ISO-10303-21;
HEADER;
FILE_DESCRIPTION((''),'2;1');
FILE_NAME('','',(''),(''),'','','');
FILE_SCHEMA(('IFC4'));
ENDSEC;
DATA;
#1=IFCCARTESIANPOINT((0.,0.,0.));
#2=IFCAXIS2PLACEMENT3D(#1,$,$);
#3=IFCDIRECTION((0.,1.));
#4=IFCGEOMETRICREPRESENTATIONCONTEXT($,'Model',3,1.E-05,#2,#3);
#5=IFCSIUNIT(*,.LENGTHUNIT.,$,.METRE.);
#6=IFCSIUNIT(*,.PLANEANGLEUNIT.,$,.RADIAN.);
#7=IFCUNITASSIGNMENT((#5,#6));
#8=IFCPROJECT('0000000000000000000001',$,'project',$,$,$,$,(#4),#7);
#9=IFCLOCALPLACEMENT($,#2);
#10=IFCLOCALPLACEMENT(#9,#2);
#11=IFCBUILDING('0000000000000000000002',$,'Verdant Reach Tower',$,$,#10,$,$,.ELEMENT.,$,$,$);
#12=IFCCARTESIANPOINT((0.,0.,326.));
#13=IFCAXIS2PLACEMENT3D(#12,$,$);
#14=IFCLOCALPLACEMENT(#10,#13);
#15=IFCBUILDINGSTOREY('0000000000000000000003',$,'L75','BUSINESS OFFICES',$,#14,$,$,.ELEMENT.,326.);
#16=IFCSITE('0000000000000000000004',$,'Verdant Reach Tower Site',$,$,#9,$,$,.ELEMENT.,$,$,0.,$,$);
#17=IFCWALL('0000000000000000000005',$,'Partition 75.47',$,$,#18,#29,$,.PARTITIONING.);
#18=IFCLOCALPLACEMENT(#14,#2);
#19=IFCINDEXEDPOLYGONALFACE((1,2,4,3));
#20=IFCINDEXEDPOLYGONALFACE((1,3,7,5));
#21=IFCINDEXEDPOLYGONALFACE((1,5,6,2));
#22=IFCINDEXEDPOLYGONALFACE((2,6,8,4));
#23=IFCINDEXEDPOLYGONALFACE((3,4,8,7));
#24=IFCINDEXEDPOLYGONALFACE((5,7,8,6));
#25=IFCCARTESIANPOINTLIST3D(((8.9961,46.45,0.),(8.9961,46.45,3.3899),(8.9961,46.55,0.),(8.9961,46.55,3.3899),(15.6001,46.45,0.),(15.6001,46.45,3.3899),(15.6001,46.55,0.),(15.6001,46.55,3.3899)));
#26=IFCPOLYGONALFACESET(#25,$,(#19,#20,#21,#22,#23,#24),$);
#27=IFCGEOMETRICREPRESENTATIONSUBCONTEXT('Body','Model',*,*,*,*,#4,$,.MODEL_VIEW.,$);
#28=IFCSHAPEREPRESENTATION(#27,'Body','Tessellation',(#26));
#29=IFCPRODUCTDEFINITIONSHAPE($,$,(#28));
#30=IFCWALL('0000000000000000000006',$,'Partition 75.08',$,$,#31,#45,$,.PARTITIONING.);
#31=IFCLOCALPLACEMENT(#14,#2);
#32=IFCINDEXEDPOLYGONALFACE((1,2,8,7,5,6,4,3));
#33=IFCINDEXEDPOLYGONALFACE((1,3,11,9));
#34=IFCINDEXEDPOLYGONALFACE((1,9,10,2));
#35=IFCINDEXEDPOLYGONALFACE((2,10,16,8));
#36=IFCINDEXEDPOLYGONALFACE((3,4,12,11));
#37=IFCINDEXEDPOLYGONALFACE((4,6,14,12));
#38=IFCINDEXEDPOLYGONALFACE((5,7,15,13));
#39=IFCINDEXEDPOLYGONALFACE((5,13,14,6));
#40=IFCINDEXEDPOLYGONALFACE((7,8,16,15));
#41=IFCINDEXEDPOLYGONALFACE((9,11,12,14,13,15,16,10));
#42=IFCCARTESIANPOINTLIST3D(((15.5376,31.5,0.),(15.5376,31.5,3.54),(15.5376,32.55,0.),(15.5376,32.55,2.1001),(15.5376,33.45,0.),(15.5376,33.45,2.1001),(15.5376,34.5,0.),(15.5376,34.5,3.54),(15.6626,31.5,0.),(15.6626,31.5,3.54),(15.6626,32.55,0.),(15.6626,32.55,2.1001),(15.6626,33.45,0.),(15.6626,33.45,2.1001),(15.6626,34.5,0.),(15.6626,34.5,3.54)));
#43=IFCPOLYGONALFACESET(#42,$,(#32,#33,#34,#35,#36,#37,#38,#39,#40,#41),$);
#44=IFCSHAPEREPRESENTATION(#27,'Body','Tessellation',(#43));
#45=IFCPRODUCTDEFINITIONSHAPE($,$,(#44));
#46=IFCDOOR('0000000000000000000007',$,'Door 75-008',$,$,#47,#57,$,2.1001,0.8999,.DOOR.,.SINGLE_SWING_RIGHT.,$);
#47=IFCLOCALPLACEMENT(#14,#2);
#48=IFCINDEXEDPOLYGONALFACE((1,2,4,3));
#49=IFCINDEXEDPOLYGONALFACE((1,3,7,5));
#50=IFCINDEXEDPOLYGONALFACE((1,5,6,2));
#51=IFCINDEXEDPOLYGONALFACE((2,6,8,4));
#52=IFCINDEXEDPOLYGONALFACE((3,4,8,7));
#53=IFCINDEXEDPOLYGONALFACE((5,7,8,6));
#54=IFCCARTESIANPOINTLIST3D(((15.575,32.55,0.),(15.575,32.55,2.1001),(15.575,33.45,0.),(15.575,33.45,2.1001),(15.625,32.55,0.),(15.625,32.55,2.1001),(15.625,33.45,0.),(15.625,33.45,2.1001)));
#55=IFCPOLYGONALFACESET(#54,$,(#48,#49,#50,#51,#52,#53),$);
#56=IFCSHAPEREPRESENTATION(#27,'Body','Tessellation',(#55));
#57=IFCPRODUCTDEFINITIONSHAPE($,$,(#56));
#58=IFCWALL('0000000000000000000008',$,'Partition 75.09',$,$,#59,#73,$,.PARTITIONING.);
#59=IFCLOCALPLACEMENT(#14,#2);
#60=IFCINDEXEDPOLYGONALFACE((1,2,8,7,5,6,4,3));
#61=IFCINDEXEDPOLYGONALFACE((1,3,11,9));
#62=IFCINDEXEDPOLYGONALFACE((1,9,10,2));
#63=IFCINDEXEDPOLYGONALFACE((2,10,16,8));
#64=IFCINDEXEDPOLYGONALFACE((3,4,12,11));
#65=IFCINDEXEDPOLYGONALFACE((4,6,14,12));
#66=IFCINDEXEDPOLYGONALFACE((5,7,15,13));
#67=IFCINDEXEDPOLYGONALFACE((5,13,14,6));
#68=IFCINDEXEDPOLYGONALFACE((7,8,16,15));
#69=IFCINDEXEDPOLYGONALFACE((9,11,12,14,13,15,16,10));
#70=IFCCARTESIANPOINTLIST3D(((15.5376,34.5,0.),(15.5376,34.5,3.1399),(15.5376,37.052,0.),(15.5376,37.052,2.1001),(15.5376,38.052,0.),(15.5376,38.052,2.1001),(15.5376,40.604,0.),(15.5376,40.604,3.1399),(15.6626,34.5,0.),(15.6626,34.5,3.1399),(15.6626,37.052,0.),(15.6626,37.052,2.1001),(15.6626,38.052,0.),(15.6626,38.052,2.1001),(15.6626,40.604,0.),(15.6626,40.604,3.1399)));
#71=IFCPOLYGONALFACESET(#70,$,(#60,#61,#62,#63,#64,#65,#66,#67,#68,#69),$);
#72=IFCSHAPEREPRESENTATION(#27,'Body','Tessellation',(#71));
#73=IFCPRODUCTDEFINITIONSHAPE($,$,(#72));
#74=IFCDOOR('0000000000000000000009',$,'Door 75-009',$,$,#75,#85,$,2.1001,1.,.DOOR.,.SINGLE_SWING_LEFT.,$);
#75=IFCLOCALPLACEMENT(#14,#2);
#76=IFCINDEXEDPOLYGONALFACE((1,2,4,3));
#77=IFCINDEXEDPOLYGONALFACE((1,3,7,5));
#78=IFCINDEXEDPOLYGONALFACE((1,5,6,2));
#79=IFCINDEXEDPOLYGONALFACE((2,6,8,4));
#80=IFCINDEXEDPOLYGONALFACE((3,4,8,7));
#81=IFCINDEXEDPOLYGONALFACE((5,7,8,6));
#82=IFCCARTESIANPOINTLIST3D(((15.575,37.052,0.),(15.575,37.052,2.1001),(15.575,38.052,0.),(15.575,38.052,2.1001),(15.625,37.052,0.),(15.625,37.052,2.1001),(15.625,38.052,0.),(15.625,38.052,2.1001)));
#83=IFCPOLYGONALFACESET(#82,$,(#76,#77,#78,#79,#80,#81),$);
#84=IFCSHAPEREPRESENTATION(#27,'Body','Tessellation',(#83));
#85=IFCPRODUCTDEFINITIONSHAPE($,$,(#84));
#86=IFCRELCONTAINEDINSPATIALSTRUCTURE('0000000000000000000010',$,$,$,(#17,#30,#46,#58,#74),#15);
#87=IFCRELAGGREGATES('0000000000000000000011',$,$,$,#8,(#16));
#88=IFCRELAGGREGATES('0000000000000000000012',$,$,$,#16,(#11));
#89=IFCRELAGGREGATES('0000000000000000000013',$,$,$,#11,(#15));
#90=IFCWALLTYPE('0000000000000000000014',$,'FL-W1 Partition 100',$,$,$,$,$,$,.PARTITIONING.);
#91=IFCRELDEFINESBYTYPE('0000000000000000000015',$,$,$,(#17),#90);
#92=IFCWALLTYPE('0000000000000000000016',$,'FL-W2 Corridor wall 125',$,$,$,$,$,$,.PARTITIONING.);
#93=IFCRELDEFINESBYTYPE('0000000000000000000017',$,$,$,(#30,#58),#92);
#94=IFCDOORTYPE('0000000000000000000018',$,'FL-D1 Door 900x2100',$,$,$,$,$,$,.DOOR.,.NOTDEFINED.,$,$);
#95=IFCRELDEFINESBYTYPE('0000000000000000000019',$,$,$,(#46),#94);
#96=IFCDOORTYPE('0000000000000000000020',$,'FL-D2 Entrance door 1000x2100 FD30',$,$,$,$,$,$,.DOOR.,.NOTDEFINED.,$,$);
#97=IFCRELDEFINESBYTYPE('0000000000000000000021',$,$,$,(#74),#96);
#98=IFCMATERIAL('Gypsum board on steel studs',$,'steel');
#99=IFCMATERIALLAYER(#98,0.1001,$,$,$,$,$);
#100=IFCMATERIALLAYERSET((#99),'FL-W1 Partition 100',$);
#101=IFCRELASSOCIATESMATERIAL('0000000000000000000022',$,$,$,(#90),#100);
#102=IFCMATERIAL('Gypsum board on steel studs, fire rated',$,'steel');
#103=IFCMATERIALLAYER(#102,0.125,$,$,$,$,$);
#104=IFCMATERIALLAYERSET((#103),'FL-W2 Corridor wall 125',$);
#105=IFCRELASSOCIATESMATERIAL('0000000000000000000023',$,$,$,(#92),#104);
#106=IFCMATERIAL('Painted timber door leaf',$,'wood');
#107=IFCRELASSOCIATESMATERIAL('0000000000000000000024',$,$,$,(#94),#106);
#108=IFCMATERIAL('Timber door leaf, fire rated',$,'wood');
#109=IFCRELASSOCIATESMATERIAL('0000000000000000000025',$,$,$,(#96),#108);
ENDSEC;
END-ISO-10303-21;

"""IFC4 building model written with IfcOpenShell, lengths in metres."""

from ifc_helpers import new_model, si_unit, direction, frame, frame_2d, origin, place, context, subcontext, project, spatial, rectangle, extrude, material, layer, layer_set, type_object, element, fill, save


model = new_model("IFC4")

# Units and contexts
model_context = context("Model", 3, precision=1e-05, world=origin(), true_north=direction((0.0, 1.0)))
body_context = subcontext(model_context, "Body", "Model", "MODEL_VIEW")
ifc_project = project(units=[si_unit("LENGTHUNIT", "METRE"), si_unit("PLANEANGLEUNIT", "RADIAN")], contexts=[model_context])

# Site, building, storey
site_placement = place(None, origin())
site = spatial("IfcSite", under=ifc_project, at=site_placement, Name="Verdant Reach Tower Site", CompositionType="ELEMENT", RefElevation=0.0)
building_placement = place(site_placement, origin())
building = spatial("IfcBuilding", under=site, at=building_placement, Name="Verdant Reach Tower", CompositionType="ELEMENT")
storey_placement = place(building_placement, frame((0.0, 0.0, 326.0)))
storey = spatial("IfcBuildingStorey", under=building, at=storey_placement, Name="L75", Description="BUSINESS OFFICES", CompositionType="ELEMENT", Elevation=326.0)

# Wall
ifc_material_1 = material(Name="Gypsum board on steel studs", Category="steel")
ifc_layer_1 = layer(ifc_material_1, 0.1001)
ifc_layer_set_1 = layer_set([ifc_layer_1], Name="FL-W1 Partition 100")
wall_type_1 = type_object("IfcWallType", Name="FL-W1 Partition 100", PredefinedType="PARTITIONING", material=ifc_layer_set_1)
wall_1_placement = place(storey_placement, frame((15.6001, 46.5, 0.0), z_axis=(0.0, 0.0, 1.0), x_axis=(-1.0, 0.0, 0.0)))
element("IfcWall", 1, at=wall_1_placement, inside=storey, type_object=wall_type_1, Name="Partition 75.47", PredefinedType="PARTITIONING", context=body_context, shape_type="SweptSolid", body=[
    extrude(rectangle(XDim=6.604, YDim=0.1001, at=frame_2d((3.302, 0.0))), origin(), (0.0, 0.0, 1.0), 3.3899),
])

# Walls, openings, doors
ifc_material_2 = material(Name="Gypsum board on steel studs, fire rated", Category="steel")
ifc_layer_2 = layer(ifc_material_2, 0.125)
ifc_layer_set_2 = layer_set([ifc_layer_2], Name="FL-W2 Corridor wall 125")
wall_type_2 = type_object("IfcWallType", Name="FL-W2 Corridor wall 125", PredefinedType="PARTITIONING", material=ifc_layer_set_2)
wall_2_placement = place(storey_placement, frame((15.6001, 34.5, 0.0), z_axis=(0.0, 0.0, 1.0), x_axis=(0.0, -1.0, 0.0)))
wall_2 = element("IfcWall", 2, at=wall_2_placement, inside=storey, type_object=wall_type_2, Name="Partition 75.08", PredefinedType="PARTITIONING", context=body_context, shape_type="SweptSolid", body=[
    extrude(rectangle(XDim=3.0, YDim=0.125, at=frame_2d((1.5, 0.0))), origin(), (0.0, 0.0, 1.0), 3.54),
])
opening_1_placement = place(wall_2_placement, frame((1.05, 0.0, 0.0)))
opening_1 = element("IfcOpeningElement", 3, at=opening_1_placement, cuts=wall_2, PredefinedType="OPENING", context=body_context, shape_type="SweptSolid", body=[
    extrude(rectangle(XDim=0.8999, YDim=2.1001, at=frame_2d((0.45, 1.05))), frame((0.0, 0.0725, 0.0), z_axis=(0.0, -1.0, 0.0), x_axis=(1.0, 0.0, 0.0)), (0.0, 0.0, 1.0), 0.145),
])
ifc_material_3 = material(Name="Painted timber door leaf", Category="wood")
door_type_1 = type_object("IfcDoorType", Name="FL-D1 Door 900x2100", OperationType="NOTDEFINED", PredefinedType="DOOR", material=ifc_material_3)
door_1_placement = place(opening_1_placement, origin())
door_1 = element("IfcDoor", 4, at=door_1_placement, inside=storey, type_object=door_type_1, Name="Door 75-008", OperationType="SINGLE_SWING_RIGHT", OverallHeight=2.1001, OverallWidth=0.8999, PredefinedType="DOOR", context=body_context, shape_type="SweptSolid", body=[
    extrude(rectangle(XDim=0.8999, YDim=2.1001, at=frame_2d((0.45, 1.05))), frame((0.0, 0.0249, 0.0), z_axis=(0.0, -1.0, 0.0), x_axis=(1.0, 0.0, 0.0)), (0.0, 0.0, 1.0), 0.05),
])
fill(opening_1, door_1)
wall_3_placement = place(storey_placement, frame((15.6001, 40.604, 0.0), z_axis=(0.0, 0.0, 1.0), x_axis=(0.0, -1.0, 0.0)))
wall_3 = element("IfcWall", 5, at=wall_3_placement, inside=storey, type_object=wall_type_2, Name="Partition 75.09", PredefinedType="PARTITIONING", context=body_context, shape_type="SweptSolid", body=[
    extrude(rectangle(XDim=6.104, YDim=0.125, at=frame_2d((3.052, 0.0))), origin(), (0.0, 0.0, 1.0), 3.1399),
])
opening_2_placement = place(wall_3_placement, frame((2.552, 0.0, 0.0)))
opening_2 = element("IfcOpeningElement", 6, at=opening_2_placement, cuts=wall_3, PredefinedType="OPENING", context=body_context, shape_type="SweptSolid", body=[
    extrude(rectangle(XDim=1.0, YDim=2.1001, at=frame_2d((0.5, 1.05))), frame((0.0, 0.0725, 0.0), z_axis=(0.0, -1.0, 0.0), x_axis=(1.0, 0.0, 0.0)), (0.0, 0.0, 1.0), 0.145),
])
ifc_material_4 = material(Name="Timber door leaf, fire rated", Category="wood")
door_type_2 = type_object("IfcDoorType", Name="FL-D2 Entrance door 1000x2100 FD30", OperationType="NOTDEFINED", PredefinedType="DOOR", material=ifc_material_4)
door_2_placement = place(opening_2_placement, origin())
door_2 = element("IfcDoor", 7, at=door_2_placement, inside=storey, type_object=door_type_2, Name="Door 75-009", OperationType="SINGLE_SWING_LEFT", OverallHeight=2.1001, OverallWidth=1.0, PredefinedType="DOOR", context=body_context, shape_type="SweptSolid", body=[
    extrude(rectangle(XDim=1.0, YDim=2.1001, at=frame_2d((0.5, 1.05))), frame((0.0, 0.0249, 0.0), z_axis=(0.0, -1.0, 0.0), x_axis=(1.0, 0.0, 0.0)), (0.0, 0.0, 1.0), 0.05),
])
fill(opening_2, door_2)

save(model, "model.ifc")
